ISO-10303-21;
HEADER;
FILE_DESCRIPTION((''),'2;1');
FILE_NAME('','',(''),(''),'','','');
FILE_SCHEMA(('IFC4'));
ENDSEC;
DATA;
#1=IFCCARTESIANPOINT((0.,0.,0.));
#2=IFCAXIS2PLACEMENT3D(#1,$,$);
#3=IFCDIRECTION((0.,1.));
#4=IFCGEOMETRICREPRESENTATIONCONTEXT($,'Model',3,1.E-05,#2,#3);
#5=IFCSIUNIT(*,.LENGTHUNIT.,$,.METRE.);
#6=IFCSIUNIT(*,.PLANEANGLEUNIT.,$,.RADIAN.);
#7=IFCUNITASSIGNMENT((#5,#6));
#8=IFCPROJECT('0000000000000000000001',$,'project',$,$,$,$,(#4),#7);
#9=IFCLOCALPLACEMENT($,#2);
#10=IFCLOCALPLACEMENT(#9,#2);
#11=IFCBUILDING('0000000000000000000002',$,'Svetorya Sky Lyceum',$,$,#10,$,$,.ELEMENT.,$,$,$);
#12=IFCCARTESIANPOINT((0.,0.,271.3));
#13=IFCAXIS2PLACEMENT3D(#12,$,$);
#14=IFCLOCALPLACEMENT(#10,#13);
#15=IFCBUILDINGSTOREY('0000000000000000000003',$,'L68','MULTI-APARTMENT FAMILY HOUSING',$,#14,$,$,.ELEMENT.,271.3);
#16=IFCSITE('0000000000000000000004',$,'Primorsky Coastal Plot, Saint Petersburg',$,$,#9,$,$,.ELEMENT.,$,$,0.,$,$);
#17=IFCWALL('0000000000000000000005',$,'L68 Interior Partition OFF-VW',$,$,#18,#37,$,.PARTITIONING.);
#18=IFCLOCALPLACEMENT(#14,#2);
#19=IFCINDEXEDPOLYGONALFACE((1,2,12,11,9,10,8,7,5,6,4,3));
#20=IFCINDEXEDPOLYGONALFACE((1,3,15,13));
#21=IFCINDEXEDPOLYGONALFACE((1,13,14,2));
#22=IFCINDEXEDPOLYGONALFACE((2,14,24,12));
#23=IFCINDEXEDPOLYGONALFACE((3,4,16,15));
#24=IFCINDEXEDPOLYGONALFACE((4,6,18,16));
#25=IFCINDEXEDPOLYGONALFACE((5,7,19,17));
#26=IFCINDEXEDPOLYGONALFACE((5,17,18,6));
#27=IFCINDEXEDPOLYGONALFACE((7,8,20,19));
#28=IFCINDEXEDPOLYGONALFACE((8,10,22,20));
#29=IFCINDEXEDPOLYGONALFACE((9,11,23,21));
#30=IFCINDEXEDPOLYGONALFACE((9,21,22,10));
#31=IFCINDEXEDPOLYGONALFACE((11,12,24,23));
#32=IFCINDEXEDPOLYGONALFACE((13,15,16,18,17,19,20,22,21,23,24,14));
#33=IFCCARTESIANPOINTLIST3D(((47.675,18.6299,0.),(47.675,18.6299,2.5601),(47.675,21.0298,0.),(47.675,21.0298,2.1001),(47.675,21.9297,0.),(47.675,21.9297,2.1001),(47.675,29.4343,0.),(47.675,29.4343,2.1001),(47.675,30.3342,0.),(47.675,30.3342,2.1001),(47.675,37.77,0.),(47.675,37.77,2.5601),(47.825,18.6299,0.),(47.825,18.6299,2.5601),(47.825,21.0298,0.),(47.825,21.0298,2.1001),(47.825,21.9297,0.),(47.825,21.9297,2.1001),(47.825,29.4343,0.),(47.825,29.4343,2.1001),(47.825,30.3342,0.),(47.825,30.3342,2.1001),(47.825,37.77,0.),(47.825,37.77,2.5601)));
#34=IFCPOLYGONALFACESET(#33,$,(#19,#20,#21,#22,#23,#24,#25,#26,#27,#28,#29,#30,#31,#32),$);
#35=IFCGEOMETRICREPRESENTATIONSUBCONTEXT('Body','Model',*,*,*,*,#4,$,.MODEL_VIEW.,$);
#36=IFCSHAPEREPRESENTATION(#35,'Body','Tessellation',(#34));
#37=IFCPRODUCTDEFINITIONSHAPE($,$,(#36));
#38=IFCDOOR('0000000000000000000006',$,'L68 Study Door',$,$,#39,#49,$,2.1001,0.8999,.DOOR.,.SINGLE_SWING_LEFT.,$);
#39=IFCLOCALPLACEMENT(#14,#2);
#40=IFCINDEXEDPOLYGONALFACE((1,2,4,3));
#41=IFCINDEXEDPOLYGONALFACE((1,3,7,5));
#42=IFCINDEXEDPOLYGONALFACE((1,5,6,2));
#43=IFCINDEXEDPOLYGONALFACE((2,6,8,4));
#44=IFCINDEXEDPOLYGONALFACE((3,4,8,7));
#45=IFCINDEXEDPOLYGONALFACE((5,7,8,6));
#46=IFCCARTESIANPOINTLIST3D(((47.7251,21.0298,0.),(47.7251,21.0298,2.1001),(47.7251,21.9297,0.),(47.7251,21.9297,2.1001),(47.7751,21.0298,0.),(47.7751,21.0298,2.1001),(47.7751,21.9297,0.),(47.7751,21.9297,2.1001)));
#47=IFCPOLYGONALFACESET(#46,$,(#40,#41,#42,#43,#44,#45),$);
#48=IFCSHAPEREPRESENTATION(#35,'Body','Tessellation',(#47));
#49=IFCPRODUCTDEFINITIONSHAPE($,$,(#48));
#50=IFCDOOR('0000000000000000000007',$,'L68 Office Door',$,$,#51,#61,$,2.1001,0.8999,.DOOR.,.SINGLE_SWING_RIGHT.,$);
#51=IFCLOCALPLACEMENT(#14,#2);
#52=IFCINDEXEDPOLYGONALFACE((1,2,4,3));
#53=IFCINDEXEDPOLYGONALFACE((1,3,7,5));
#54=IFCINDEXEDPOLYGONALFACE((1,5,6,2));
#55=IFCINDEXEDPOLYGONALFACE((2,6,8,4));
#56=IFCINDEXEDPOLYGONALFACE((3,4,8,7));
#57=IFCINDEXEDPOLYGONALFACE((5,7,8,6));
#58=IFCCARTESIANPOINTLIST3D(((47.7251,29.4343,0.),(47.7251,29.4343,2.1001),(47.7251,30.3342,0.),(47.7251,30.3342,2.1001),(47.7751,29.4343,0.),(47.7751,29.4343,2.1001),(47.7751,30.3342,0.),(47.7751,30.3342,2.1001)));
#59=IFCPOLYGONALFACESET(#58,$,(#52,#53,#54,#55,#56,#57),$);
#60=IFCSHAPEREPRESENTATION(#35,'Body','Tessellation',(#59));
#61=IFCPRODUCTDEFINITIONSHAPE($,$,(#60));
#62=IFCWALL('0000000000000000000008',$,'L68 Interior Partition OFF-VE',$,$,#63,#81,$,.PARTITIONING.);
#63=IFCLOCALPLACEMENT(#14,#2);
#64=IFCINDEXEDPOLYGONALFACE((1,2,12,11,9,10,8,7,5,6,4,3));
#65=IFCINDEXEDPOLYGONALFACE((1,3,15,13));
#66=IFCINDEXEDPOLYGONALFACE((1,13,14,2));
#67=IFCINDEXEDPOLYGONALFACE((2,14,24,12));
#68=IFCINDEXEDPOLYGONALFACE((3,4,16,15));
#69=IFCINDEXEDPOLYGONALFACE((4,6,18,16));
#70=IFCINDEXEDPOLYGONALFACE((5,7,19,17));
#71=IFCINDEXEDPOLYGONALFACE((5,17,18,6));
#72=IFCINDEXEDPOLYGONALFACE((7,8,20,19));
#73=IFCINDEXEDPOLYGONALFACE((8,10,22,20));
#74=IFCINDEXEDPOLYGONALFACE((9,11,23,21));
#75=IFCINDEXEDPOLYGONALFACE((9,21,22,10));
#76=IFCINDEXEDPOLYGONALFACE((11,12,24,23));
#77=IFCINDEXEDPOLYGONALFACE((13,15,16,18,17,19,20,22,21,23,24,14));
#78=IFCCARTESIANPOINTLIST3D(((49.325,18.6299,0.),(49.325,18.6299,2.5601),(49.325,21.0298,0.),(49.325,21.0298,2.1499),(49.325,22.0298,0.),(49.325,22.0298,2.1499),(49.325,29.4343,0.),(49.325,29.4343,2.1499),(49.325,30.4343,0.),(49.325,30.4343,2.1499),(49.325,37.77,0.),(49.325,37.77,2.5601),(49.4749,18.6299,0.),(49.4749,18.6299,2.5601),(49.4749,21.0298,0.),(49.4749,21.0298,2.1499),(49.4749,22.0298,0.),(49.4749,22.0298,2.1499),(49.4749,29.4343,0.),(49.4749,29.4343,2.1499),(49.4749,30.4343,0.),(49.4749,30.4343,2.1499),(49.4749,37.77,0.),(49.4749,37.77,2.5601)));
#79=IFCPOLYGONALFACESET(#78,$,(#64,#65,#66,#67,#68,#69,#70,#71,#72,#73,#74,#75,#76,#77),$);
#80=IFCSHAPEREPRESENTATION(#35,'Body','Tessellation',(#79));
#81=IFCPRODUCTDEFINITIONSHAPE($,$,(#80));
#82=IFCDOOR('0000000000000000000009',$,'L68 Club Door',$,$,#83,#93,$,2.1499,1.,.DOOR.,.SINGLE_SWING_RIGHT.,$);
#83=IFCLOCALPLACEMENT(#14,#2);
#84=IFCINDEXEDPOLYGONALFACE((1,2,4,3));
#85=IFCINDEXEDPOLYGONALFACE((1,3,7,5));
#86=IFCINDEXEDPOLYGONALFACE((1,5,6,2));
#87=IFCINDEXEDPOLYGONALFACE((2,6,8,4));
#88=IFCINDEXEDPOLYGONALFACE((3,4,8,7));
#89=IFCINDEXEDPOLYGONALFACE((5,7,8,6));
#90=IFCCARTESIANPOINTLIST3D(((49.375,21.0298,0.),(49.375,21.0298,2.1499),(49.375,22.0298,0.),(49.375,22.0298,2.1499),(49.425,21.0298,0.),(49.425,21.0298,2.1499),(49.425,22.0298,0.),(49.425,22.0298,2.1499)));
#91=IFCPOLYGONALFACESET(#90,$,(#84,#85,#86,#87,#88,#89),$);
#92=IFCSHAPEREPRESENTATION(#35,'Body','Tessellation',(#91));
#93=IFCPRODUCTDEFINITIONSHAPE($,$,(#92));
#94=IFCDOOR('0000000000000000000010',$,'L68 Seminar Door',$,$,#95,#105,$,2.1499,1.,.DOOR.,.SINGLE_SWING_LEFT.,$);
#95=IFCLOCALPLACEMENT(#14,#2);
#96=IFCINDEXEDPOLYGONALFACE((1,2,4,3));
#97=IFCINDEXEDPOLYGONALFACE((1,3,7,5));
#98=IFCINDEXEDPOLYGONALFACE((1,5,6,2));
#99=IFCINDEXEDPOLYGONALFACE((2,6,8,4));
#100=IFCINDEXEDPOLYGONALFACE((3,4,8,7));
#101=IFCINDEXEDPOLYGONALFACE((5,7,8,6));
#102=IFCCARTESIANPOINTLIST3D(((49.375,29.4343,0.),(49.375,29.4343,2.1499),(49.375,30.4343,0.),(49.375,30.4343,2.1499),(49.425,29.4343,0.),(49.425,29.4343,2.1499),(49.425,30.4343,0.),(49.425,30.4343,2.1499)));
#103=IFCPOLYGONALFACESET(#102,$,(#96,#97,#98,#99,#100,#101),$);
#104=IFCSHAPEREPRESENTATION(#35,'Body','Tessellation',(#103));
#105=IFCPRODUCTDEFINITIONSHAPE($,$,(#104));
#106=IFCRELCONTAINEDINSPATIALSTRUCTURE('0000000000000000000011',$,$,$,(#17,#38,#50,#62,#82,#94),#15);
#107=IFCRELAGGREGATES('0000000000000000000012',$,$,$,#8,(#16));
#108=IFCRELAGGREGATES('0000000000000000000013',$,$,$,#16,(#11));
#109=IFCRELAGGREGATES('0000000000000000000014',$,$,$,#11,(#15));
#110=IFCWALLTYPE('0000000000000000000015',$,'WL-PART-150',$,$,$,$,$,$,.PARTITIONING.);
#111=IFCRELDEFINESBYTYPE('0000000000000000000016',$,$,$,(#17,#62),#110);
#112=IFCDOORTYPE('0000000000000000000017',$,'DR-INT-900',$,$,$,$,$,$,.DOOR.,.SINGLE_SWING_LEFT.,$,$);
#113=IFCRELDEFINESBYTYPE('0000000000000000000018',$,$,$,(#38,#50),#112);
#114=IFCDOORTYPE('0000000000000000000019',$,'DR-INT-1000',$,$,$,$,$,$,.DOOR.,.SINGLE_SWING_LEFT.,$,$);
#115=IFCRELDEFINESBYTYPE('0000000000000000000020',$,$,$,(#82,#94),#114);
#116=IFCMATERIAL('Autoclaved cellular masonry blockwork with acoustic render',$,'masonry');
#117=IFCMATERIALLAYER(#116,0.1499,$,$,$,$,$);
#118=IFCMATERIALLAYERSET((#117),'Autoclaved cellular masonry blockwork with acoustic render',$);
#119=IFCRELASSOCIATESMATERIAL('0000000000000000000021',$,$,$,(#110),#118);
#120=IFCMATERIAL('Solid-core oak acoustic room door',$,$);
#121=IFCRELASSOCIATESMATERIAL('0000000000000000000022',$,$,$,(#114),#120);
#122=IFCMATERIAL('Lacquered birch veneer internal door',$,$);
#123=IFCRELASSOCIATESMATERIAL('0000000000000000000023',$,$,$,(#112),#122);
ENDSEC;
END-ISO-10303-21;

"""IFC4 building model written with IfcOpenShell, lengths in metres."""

from ifc_helpers import new_model, si_unit, direction, frame, frame_2d, origin, place, context, subcontext, project, spatial, rectangle, extrude, material, layer, layer_set, type_object, element, fill, save


model = new_model("IFC4")

# Units and contexts
model_context = context("Model", 3, precision=1e-05, world=origin(), true_north=direction((0.0, 1.0)))
body_context = subcontext(model_context, "Body", "Model", "MODEL_VIEW")
ifc_project = project(units=[si_unit("LENGTHUNIT", "METRE"), si_unit("PLANEANGLEUNIT", "RADIAN")], contexts=[model_context])

# Site, building, storey
site_placement = place(None, origin())
site = spatial("IfcSite", under=ifc_project, at=site_placement, Name="Primorsky Coastal Plot, Saint Petersburg", CompositionType="ELEMENT", RefElevation=0.0)
building_placement = place(site_placement, origin())
building = spatial("IfcBuilding", under=site, at=building_placement, Name="Svetorya Sky Lyceum", CompositionType="ELEMENT")
storey_placement = place(building_placement, frame((0.0, 0.0, 271.3)))
storey = spatial("IfcBuildingStorey", under=building, at=storey_placement, Name="L68", Description="MULTI-APARTMENT FAMILY HOUSING", CompositionType="ELEMENT", Elevation=271.3)

# Shared definitions
ifc_material_1 = material(Name="Autoclaved cellular masonry blockwork with acoustic render", Category="masonry")
ifc_layer_1 = layer(ifc_material_1, 0.1499)
ifc_layer_set_1 = layer_set([ifc_layer_1], Name="Autoclaved cellular masonry blockwork with acoustic render")
wall_type_1 = type_object("IfcWallType", Name="WL-PART-150", PredefinedType="PARTITIONING", material=ifc_layer_set_1)

# Shared definitions
ifc_material_2 = material(Name="Solid-core oak acoustic room door")
door_type_1 = type_object("IfcDoorType", Name="DR-INT-1000", OperationType="SINGLE_SWING_LEFT", PredefinedType="DOOR", material=ifc_material_2)

# Walls, openings, doors
wall_1_placement = place(storey_placement, frame((47.75, 18.6299, 0.0), z_axis=(0.0, 0.0, 1.0), x_axis=(0.0, 1.0, 0.0)))
wall_1 = element("IfcWall", 1, at=wall_1_placement, inside=storey, type_object=wall_type_1, Name="L68 Interior Partition OFF-VW", PredefinedType="PARTITIONING", context=body_context, shape_type="SweptSolid", body=[
    extrude(rectangle(XDim=19.1401, YDim=0.1499, at=frame_2d((9.5701, 0.0))), origin(), (0.0, 0.0, 1.0), 2.5601),
])
opening_1_placement = place(wall_1_placement, frame((2.3999, 0.0, 0.0)))
opening_1 = element("IfcOpeningElement", 2, at=opening_1_placement, cuts=wall_1, PredefinedType="OPENING", context=body_context, shape_type="SweptSolid", body=[
    extrude(rectangle(XDim=0.8999, YDim=2.1001, at=frame_2d((0.45, 1.05))), frame((0.0, 0.085, 0.0), z_axis=(0.0, -1.0, 0.0), x_axis=(1.0, 0.0, 0.0)), (0.0, 0.0, 1.0), 0.1699),
])
opening_2_placement = place(wall_1_placement, frame((10.8044, 0.0, 0.0)))
opening_2 = element("IfcOpeningElement", 3, at=opening_2_placement, cuts=wall_1, PredefinedType="OPENING", context=body_context, shape_type="SweptSolid", body=[
    extrude(rectangle(XDim=0.8999, YDim=2.1001, at=frame_2d((0.45, 1.05))), frame((0.0, 0.085, 0.0), z_axis=(0.0, -1.0, 0.0), x_axis=(1.0, 0.0, 0.0)), (0.0, 0.0, 1.0), 0.1699),
])
ifc_material_3 = material(Name="Lacquered birch veneer internal door")
door_type_2 = type_object("IfcDoorType", Name="DR-INT-900", OperationType="SINGLE_SWING_LEFT", PredefinedType="DOOR", material=ifc_material_3)
door_1_placement = place(opening_1_placement, origin())
door_1 = element("IfcDoor", 4, at=door_1_placement, inside=storey, type_object=door_type_2, Name="L68 Study Door", OperationType="SINGLE_SWING_LEFT", OverallHeight=2.1001, OverallWidth=0.8999, PredefinedType="DOOR", context=body_context, shape_type="SweptSolid", body=[
    extrude(rectangle(XDim=0.8999, YDim=2.1001, at=frame_2d((0.45, 1.05))), frame((0.0, 0.0249, 0.0), z_axis=(0.0, -1.0, 0.0), x_axis=(1.0, 0.0, 0.0)), (0.0, 0.0, 1.0), 0.05),
])
fill(opening_1, door_1)
door_2_placement = place(opening_2_placement, origin())
door_2 = element("IfcDoor", 5, at=door_2_placement, inside=storey, type_object=door_type_2, Name="L68 Office Door", OperationType="SINGLE_SWING_RIGHT", OverallHeight=2.1001, OverallWidth=0.8999, PredefinedType="DOOR", context=body_context, shape_type="SweptSolid", body=[
    extrude(rectangle(XDim=0.8999, YDim=2.1001, at=frame_2d((0.45, 1.05))), frame((0.0, 0.0249, 0.0), z_axis=(0.0, -1.0, 0.0), x_axis=(1.0, 0.0, 0.0)), (0.0, 0.0, 1.0), 0.05),
])
fill(opening_2, door_2)
wall_2_placement = place(storey_placement, frame((49.3999, 18.6299, 0.0), z_axis=(0.0, 0.0, 1.0), x_axis=(0.0, 1.0, 0.0)))
wall_2 = element("IfcWall", 6, at=wall_2_placement, inside=storey, type_object=wall_type_1, Name="L68 Interior Partition OFF-VE", PredefinedType="PARTITIONING", context=body_context, shape_type="SweptSolid", body=[
    extrude(rectangle(XDim=19.1401, YDim=0.1499, at=frame_2d((9.5701, 0.0))), origin(), (0.0, 0.0, 1.0), 2.5601),
])
opening_3_placement = place(wall_2_placement, frame((2.3999, 0.0, 0.0)))
opening_3 = element("IfcOpeningElement", 7, at=opening_3_placement, cuts=wall_2, PredefinedType="OPENING", context=body_context, shape_type="SweptSolid", body=[
    extrude(rectangle(XDim=1.0, YDim=2.1499, at=frame_2d((0.5, 1.075))), frame((0.0, 0.085, 0.0), z_axis=(0.0, -1.0, 0.0), x_axis=(1.0, 0.0, 0.0)), (0.0, 0.0, 1.0), 0.1699),
])
opening_4_placement = place(wall_2_placement, frame((10.8044, 0.0, 0.0)))
opening_4 = element("IfcOpeningElement", 8, at=opening_4_placement, cuts=wall_2, PredefinedType="OPENING", context=body_context, shape_type="SweptSolid", body=[
    extrude(rectangle(XDim=1.0, YDim=2.1499, at=frame_2d((0.5, 1.075))), frame((0.0, 0.085, 0.0), z_axis=(0.0, -1.0, 0.0), x_axis=(1.0, 0.0, 0.0)), (0.0, 0.0, 1.0), 0.1699),
])
door_3_placement = place(opening_3_placement, origin())
door_3 = element("IfcDoor", 9, at=door_3_placement, inside=storey, type_object=door_type_1, Name="L68 Club Door", OperationType="SINGLE_SWING_RIGHT", OverallHeight=2.1499, OverallWidth=1.0, PredefinedType="DOOR", context=body_context, shape_type="SweptSolid", body=[
    extrude(rectangle(XDim=1.0, YDim=2.1499, at=frame_2d((0.5, 1.075))), frame((0.0, 0.0249, 0.0), z_axis=(0.0, -1.0, 0.0), x_axis=(1.0, 0.0, 0.0)), (0.0, 0.0, 1.0), 0.05),
])
fill(opening_3, door_3)
door_4_placement = place(opening_4_placement, origin())
door_4 = element("IfcDoor", 10, at=door_4_placement, inside=storey, type_object=door_type_1, Name="L68 Seminar Door", OperationType="SINGLE_SWING_LEFT", OverallHeight=2.1499, OverallWidth=1.0, PredefinedType="DOOR", context=body_context, shape_type="SweptSolid", body=[
    extrude(rectangle(XDim=1.0, YDim=2.1499, at=frame_2d((0.5, 1.075))), frame((0.0, 0.0249, 0.0), z_axis=(0.0, -1.0, 0.0), x_axis=(1.0, 0.0, 0.0)), (0.0, 0.0, 1.0), 0.05),
])
fill(opening_4, door_4)

save(model, "model.ifc")
